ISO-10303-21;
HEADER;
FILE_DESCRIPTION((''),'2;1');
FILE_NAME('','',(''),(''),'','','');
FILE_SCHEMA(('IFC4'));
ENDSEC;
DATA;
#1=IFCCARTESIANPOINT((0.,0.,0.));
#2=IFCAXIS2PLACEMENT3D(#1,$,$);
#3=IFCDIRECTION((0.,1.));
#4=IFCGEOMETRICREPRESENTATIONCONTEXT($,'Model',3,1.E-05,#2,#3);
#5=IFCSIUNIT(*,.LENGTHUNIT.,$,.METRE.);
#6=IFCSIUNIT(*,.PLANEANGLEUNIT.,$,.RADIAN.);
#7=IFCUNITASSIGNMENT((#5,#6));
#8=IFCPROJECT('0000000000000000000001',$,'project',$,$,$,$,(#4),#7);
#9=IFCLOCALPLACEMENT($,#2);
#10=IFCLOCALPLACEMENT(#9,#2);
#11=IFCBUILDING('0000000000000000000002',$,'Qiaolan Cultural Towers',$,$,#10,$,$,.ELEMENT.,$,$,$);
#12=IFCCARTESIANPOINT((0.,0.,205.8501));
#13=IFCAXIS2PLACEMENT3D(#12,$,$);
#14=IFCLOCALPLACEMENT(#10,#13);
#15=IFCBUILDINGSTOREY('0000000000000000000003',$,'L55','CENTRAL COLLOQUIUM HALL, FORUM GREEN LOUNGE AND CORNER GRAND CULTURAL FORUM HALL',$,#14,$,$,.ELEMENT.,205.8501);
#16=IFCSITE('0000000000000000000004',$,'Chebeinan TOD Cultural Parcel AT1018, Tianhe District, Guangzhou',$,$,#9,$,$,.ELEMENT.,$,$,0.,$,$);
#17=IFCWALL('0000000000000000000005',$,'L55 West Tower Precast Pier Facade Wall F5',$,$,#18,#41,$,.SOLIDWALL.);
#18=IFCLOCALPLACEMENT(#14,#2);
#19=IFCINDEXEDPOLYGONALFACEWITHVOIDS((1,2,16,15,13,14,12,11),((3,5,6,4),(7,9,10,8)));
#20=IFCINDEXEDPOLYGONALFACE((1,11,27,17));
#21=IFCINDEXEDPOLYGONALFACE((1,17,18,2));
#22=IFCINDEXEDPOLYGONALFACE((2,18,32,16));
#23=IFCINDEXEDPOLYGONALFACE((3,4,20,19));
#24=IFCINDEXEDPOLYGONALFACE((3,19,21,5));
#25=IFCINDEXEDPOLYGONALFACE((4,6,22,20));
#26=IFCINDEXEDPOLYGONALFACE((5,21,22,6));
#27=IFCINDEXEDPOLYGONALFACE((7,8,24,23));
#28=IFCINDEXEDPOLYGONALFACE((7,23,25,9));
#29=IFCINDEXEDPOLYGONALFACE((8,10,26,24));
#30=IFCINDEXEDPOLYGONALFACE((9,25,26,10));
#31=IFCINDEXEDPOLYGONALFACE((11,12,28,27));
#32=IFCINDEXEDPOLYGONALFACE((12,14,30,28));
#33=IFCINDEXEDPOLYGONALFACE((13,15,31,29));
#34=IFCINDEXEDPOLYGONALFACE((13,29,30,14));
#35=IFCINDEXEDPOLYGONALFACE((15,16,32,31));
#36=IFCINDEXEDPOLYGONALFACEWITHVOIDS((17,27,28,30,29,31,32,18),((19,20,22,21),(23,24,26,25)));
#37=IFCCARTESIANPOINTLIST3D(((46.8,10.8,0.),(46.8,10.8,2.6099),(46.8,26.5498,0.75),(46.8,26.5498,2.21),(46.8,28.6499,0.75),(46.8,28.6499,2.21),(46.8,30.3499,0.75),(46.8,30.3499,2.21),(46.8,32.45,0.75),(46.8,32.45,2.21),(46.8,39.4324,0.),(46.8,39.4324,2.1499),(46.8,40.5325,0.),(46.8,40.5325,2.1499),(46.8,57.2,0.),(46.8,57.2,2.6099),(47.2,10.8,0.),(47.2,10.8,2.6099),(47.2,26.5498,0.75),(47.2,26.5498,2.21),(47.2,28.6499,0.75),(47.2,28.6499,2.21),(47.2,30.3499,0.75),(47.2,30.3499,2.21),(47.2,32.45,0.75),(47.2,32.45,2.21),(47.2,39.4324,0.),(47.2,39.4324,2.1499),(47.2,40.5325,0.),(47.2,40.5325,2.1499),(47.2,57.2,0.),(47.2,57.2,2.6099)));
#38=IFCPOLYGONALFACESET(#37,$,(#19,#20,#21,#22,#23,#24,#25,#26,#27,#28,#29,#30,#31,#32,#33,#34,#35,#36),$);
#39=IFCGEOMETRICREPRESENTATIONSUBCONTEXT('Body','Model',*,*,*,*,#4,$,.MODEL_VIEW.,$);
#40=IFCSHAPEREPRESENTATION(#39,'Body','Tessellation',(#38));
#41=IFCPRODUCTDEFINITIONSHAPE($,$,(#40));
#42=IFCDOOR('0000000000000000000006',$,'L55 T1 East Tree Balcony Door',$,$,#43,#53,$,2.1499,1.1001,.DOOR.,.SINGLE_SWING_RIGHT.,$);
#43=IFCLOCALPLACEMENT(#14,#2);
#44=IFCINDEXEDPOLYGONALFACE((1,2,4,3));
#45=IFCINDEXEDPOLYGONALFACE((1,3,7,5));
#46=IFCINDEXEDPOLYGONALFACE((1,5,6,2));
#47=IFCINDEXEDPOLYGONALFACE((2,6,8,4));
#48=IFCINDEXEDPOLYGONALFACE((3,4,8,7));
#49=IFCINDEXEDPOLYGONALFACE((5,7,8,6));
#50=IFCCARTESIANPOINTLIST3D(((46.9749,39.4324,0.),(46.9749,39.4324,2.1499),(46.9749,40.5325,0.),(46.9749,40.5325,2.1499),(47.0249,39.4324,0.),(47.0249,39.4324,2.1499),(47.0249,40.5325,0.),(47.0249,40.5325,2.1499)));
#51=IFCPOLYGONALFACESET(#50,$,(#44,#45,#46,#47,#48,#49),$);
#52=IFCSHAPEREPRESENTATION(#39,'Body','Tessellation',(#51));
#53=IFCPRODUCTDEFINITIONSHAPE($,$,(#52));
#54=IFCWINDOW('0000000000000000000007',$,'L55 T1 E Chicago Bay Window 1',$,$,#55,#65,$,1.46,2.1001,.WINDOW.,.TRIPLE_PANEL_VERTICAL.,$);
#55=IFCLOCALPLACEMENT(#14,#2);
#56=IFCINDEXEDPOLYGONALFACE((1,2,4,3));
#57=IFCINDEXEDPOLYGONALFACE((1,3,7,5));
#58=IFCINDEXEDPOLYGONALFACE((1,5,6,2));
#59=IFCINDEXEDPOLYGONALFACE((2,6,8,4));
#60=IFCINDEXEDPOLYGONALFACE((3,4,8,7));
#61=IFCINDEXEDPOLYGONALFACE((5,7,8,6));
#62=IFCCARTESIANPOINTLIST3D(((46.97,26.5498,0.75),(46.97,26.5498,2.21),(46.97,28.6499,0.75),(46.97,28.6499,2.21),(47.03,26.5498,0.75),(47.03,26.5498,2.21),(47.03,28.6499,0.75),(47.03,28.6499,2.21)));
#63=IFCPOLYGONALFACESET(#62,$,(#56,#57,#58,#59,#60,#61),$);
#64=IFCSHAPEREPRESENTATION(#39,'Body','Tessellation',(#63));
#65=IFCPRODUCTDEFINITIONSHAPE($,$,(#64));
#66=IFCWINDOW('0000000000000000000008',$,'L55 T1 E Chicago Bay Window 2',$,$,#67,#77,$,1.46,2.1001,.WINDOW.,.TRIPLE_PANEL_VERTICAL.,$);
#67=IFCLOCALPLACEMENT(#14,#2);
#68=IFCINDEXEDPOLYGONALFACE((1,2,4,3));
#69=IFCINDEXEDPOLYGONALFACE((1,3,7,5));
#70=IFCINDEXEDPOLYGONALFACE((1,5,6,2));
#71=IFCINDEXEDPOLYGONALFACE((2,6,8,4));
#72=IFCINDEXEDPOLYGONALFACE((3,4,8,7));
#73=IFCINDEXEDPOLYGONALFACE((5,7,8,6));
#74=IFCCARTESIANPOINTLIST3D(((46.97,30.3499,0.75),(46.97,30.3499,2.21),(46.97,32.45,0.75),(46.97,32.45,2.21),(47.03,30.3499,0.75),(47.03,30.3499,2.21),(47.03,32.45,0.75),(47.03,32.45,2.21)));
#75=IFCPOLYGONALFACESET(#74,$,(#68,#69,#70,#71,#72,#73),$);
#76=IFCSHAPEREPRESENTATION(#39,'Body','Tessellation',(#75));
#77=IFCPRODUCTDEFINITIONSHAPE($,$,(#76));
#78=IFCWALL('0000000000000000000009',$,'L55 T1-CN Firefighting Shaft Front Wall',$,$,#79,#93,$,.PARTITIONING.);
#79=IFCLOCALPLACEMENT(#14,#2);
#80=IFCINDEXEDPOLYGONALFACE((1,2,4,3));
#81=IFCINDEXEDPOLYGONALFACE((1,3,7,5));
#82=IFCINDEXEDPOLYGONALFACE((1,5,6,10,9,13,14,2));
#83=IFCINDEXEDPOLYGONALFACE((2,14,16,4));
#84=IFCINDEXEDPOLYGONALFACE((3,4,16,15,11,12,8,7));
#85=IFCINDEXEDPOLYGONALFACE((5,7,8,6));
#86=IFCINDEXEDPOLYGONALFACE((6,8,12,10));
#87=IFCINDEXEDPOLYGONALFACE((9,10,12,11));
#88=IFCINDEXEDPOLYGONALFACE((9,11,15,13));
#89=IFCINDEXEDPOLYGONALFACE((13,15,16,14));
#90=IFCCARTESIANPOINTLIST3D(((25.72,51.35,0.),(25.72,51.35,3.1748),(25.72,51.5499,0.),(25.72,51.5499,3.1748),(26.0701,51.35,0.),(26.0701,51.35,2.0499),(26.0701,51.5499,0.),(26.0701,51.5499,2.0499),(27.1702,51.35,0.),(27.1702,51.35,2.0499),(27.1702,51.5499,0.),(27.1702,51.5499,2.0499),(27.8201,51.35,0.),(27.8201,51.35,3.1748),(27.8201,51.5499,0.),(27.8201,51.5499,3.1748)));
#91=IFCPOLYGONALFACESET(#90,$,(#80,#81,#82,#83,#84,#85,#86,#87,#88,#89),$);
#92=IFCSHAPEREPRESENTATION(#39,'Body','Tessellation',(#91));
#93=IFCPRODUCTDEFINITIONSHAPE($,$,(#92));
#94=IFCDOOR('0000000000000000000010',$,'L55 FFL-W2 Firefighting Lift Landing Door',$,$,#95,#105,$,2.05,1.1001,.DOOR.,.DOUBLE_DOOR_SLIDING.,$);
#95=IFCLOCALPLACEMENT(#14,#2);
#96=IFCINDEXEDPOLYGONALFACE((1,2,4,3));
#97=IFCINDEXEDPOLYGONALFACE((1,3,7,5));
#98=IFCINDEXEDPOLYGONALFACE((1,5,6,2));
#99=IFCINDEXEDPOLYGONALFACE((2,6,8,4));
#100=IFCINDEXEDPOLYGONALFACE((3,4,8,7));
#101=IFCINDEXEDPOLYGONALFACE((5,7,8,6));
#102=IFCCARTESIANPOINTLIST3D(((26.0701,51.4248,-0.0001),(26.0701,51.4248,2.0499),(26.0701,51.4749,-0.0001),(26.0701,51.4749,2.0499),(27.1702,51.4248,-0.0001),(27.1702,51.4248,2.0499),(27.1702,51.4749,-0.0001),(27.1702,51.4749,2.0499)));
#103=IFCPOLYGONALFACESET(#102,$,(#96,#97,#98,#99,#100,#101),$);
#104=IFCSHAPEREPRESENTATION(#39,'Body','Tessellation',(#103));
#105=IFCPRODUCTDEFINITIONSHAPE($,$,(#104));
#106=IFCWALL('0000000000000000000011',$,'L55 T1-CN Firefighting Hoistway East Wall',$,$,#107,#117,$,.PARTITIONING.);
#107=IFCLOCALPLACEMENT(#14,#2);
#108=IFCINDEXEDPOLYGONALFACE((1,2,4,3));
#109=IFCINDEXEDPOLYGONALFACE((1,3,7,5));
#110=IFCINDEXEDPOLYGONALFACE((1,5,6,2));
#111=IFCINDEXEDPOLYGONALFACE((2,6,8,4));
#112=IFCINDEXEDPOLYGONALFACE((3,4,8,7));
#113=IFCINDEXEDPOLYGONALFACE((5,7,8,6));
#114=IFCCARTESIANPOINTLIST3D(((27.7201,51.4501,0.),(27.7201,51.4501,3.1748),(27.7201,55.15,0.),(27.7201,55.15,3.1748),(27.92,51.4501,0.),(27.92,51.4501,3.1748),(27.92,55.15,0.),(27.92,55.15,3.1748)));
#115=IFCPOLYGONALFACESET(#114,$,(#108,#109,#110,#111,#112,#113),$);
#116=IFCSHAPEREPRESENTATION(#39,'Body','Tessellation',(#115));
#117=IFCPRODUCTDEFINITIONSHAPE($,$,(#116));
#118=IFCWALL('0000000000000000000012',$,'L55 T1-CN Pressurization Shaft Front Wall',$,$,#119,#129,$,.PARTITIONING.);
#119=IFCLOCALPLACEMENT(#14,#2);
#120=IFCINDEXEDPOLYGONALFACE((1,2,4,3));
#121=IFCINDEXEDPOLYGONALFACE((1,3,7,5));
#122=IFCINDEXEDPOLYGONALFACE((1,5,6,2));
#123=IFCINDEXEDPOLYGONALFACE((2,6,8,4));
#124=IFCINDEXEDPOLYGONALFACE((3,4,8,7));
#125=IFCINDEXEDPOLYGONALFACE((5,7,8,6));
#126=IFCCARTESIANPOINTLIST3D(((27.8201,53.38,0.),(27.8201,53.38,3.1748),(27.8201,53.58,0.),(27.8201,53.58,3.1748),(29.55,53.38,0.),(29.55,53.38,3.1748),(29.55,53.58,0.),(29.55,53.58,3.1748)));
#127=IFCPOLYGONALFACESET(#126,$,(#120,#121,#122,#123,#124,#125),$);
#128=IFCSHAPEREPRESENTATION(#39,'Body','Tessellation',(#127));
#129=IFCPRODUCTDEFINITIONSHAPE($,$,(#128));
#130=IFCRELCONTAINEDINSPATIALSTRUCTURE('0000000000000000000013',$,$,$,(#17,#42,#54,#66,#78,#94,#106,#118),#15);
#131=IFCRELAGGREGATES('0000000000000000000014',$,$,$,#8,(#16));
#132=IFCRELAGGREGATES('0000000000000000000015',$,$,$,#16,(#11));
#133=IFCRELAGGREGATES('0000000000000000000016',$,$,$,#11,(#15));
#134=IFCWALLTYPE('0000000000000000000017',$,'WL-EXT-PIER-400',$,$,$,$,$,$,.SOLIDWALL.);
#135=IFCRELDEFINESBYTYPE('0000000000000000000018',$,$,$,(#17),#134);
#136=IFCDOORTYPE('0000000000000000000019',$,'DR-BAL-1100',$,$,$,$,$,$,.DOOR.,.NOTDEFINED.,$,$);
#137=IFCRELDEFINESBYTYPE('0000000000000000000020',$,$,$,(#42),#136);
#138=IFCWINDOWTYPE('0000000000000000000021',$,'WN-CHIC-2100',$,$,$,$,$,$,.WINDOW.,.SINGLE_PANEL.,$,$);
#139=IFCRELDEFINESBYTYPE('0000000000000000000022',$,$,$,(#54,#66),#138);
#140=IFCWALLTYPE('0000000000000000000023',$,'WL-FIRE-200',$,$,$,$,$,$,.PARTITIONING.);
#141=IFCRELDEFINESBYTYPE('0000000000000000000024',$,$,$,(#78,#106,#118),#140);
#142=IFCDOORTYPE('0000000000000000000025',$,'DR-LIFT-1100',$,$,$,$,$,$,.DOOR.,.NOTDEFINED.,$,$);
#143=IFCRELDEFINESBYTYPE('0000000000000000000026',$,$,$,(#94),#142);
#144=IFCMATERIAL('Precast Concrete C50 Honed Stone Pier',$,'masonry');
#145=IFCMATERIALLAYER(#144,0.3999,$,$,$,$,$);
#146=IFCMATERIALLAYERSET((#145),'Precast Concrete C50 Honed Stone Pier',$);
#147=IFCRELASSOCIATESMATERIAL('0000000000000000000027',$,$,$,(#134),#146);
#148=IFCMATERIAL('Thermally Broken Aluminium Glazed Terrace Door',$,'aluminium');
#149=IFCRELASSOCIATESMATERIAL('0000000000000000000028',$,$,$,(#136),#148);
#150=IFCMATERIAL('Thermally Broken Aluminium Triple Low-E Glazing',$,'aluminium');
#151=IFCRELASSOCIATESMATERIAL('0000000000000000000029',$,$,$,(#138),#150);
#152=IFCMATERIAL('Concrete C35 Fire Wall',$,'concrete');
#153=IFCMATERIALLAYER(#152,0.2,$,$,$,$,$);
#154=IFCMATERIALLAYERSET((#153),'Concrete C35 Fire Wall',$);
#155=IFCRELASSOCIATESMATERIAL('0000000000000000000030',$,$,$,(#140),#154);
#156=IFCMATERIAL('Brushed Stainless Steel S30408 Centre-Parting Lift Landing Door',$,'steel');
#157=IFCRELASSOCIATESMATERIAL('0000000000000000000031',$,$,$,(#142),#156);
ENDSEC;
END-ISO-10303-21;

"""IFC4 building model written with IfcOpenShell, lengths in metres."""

from ifc_helpers import new_model, si_unit, direction, frame, frame_2d, origin, place, context, subcontext, project, spatial, rectangle, extrude, material, layer, layer_set, type_object, element, fill, save


model = new_model("IFC4")

# Units and contexts
model_context = context("Model", 3, precision=1e-05, world=origin(), true_north=direction((0.0, 1.0)))
body_context = subcontext(model_context, "Body", "Model", "MODEL_VIEW")
ifc_project = project(units=[si_unit("LENGTHUNIT", "METRE"), si_unit("PLANEANGLEUNIT", "RADIAN")], contexts=[model_context])

# Site, building, storey
site_placement = place(None, origin())
site = spatial("IfcSite", under=ifc_project, at=site_placement, Name="Chebeinan TOD Cultural Parcel AT1018, Tianhe District, Guangzhou", CompositionType="ELEMENT", RefElevation=0.0)
building_placement = place(site_placement, origin())
building = spatial("IfcBuilding", under=site, at=building_placement, Name="Qiaolan Cultural Towers", CompositionType="ELEMENT")
storey_placement = place(building_placement, frame((0.0, 0.0, 205.8501)))
storey = spatial("IfcBuildingStorey", under=building, at=storey_placement, Name="L55", Description="CENTRAL COLLOQUIUM HALL, FORUM GREEN LOUNGE AND CORNER GRAND CULTURAL FORUM HALL", CompositionType="ELEMENT", Elevation=205.8501)

# Shared definitions
ifc_material_1 = material(Name="Precast Concrete C50 Honed Stone Pier", Category="masonry")
ifc_layer_1 = layer(ifc_material_1, 0.3999)
ifc_layer_set_1 = layer_set([ifc_layer_1], Name="Precast Concrete C50 Honed Stone Pier")
wall_type_1 = type_object("IfcWallType", Name="WL-EXT-PIER-400", PredefinedType="SOLIDWALL", material=ifc_layer_set_1)

# Wall, openings, door, windows
wall_1_placement = place(storey_placement, frame((47.0, 57.2, 0.0), z_axis=(0.0, 0.0, 1.0), x_axis=(0.0, -1.0, 0.0)))
wall_1 = element("IfcWall", 1, at=wall_1_placement, inside=storey, type_object=wall_type_1, Name="L55 West Tower Precast Pier Facade Wall F5", PredefinedType="SOLIDWALL", context=body_context, shape_type="SweptSolid", body=[
    extrude(rectangle(XDim=46.3999, YDim=0.3999, at=frame_2d((23.2, 0.0))), origin(), (0.0, 0.0, 1.0), 2.6099),
])
opening_1_placement = place(wall_1_placement, frame((28.55, 0.0, 0.75)))
opening_1 = element("IfcOpeningElement", 2, at=opening_1_placement, cuts=wall_1, PredefinedType="OPENING", context=body_context, shape_type="SweptSolid", body=[
    extrude(rectangle(XDim=2.1001, YDim=1.46, at=frame_2d((1.05, 0.73))), frame((0.0, 0.21, 0.0), z_axis=(0.0, -1.0, 0.0), x_axis=(1.0, 0.0, 0.0)), (0.0, 0.0, 1.0), 0.4199),
])
opening_2_placement = place(wall_1_placement, frame((24.75, 0.0, 0.75)))
opening_2 = element("IfcOpeningElement", 3, at=opening_2_placement, cuts=wall_1, PredefinedType="OPENING", context=body_context, shape_type="SweptSolid", body=[
    extrude(rectangle(XDim=2.1001, YDim=1.46, at=frame_2d((1.05, 0.73))), frame((0.0, 0.21, 0.0), z_axis=(0.0, -1.0, 0.0), x_axis=(1.0, 0.0, 0.0)), (0.0, 0.0, 1.0), 0.4199),
])
opening_3_placement = place(wall_1_placement, frame((16.6675, 0.0, 0.0)))
opening_3 = element("IfcOpeningElement", 4, at=opening_3_placement, cuts=wall_1, PredefinedType="OPENING", context=body_context, shape_type="SweptSolid", body=[
    extrude(rectangle(XDim=1.1001, YDim=2.1499, at=frame_2d((0.55, 1.075))), frame((0.0, 0.21, 0.0), z_axis=(0.0, -1.0, 0.0), x_axis=(1.0, 0.0, 0.0)), (0.0, 0.0, 1.0), 0.4199),
])
ifc_material_2 = material(Name="Thermally Broken Aluminium Glazed Terrace Door", Category="aluminium")
door_type_1 = type_object("IfcDoorType", Name="DR-BAL-1100", OperationType="NOTDEFINED", PredefinedType="DOOR", material=ifc_material_2)
door_1_placement = place(opening_3_placement, origin())
door_1 = element("IfcDoor", 5, at=door_1_placement, inside=storey, type_object=door_type_1, Name="L55 T1 East Tree Balcony Door", OperationType="SINGLE_SWING_RIGHT", OverallHeight=2.1499, OverallWidth=1.1001, PredefinedType="DOOR", context=body_context, shape_type="SweptSolid", body=[
    extrude(rectangle(XDim=1.1001, YDim=2.1499, at=frame_2d((0.55, 1.075))), frame((0.0, 0.0249, 0.0), z_axis=(0.0, -1.0, 0.0), x_axis=(1.0, 0.0, 0.0)), (0.0, 0.0, 1.0), 0.05),
])
fill(opening_3, door_1)
ifc_material_3 = material(Name="Thermally Broken Aluminium Triple Low-E Glazing", Category="aluminium")
window_type = type_object("IfcWindowType", Name="WN-CHIC-2100", PartitioningType="SINGLE_PANEL", PredefinedType="WINDOW", material=ifc_material_3)
window_1_placement = place(opening_1_placement, origin())
window_1 = element("IfcWindow", 6, at=window_1_placement, inside=storey, type_object=window_type, Name="L55 T1 E Chicago Bay Window 1", OverallHeight=1.46, OverallWidth=2.1001, PartitioningType="TRIPLE_PANEL_VERTICAL", PredefinedType="WINDOW", context=body_context, shape_type="SweptSolid", body=[
    extrude(rectangle(XDim=2.1001, YDim=1.46, at=frame_2d((1.05, 0.73))), frame((0.0, 0.03, 0.0), z_axis=(0.0, -1.0, 0.0), x_axis=(1.0, 0.0, 0.0)), (0.0, 0.0, 1.0), 0.0601),
])
fill(opening_1, window_1)
window_2_placement = place(opening_2_placement, origin())
window_2 = element("IfcWindow", 7, at=window_2_placement, inside=storey, type_object=window_type, Name="L55 T1 E Chicago Bay Window 2", OverallHeight=1.46, OverallWidth=2.1001, PartitioningType="TRIPLE_PANEL_VERTICAL", PredefinedType="WINDOW", context=body_context, shape_type="SweptSolid", body=[
    extrude(rectangle(XDim=2.1001, YDim=1.46, at=frame_2d((1.05, 0.73))), frame((0.0, 0.03, 0.0), z_axis=(0.0, -1.0, 0.0), x_axis=(1.0, 0.0, 0.0)), (0.0, 0.0, 1.0), 0.0601),
])
fill(opening_2, window_2)

# Wall, opening, door
ifc_material_4 = material(Name="Concrete C35 Fire Wall", Category="concrete")
ifc_layer_2 = layer(ifc_material_4, 0.2)
ifc_layer_set_2 = layer_set([ifc_layer_2], Name="Concrete C35 Fire Wall")
wall_type_2 = type_object("IfcWallType", Name="WL-FIRE-200", PredefinedType="PARTITIONING", material=ifc_layer_set_2)
wall_2_placement = place(storey_placement, frame((25.72, 51.45, 0.0), z_axis=(0.0, 0.0, 1.0), x_axis=(1.0, 0.0, 0.0)))
wall_2 = element("IfcWall", 8, at=wall_2_placement, inside=storey, type_object=wall_type_2, Name="L55 T1-CN Firefighting Shaft Front Wall", PredefinedType="PARTITIONING", context=body_context, shape_type="SweptSolid", body=[
    extrude(rectangle(XDim=2.1001, YDim=0.2, at=frame_2d((1.05, 0.0))), origin(), (0.0, 0.0, 1.0), 3.1748),
])
opening_4_placement = place(wall_2_placement, frame((0.3501, 0.0, 0.0)))
opening_4 = element("IfcOpeningElement", 9, at=opening_4_placement, cuts=wall_2, PredefinedType="OPENING", context=body_context, shape_type="SweptSolid", body=[
    extrude(rectangle(XDim=1.1001, YDim=2.05, at=frame_2d((0.55, 1.0249))), frame((0.0, 0.1099, 0.0), z_axis=(0.0, -1.0, 0.0), x_axis=(1.0, 0.0, 0.0)), (0.0, 0.0, 1.0), 0.22),
])
ifc_material_5 = material(Name="Brushed Stainless Steel S30408 Centre-Parting Lift Landing Door", Category="steel")
door_type_2 = type_object("IfcDoorType", Name="DR-LIFT-1100", OperationType="NOTDEFINED", PredefinedType="DOOR", material=ifc_material_5)
door_2_placement = place(opening_4_placement, origin())
door_2 = element("IfcDoor", 10, at=door_2_placement, inside=storey, type_object=door_type_2, Name="L55 FFL-W2 Firefighting Lift Landing Door", OperationType="DOUBLE_DOOR_SLIDING", OverallHeight=2.05, OverallWidth=1.1001, PredefinedType="DOOR", context=body_context, shape_type="SweptSolid", body=[
    extrude(rectangle(XDim=1.1001, YDim=2.05, at=frame_2d((0.55, 1.0249))), frame((0.0, 0.0249, 0.0), z_axis=(0.0, -1.0, 0.0), x_axis=(1.0, 0.0, 0.0)), (0.0, 0.0, 1.0), 0.05),
])
fill(opening_4, door_2)

# Walls
wall_3_placement = place(storey_placement, frame((27.8201, 51.45, 0.0), z_axis=(0.0, 0.0, 1.0), x_axis=(0.0, 1.0, 0.0)))
element("IfcWall", 11, at=wall_3_placement, inside=storey, type_object=wall_type_2, Name="L55 T1-CN Firefighting Hoistway East Wall", PredefinedType="PARTITIONING", context=body_context, shape_type="SweptSolid", body=[
    extrude(rectangle(XDim=3.7, YDim=0.2, at=frame_2d((1.8501, 0.0))), origin(), (0.0, 0.0, 1.0), 3.1748),
])
wall_4_placement = place(storey_placement, frame((27.8201, 53.48, 0.0), z_axis=(0.0, 0.0, 1.0), x_axis=(1.0, 0.0, 0.0)))
element("IfcWall", 12, at=wall_4_placement, inside=storey, type_object=wall_type_2, Name="L55 T1-CN Pressurization Shaft Front Wall", PredefinedType="PARTITIONING", context=body_context, shape_type="SweptSolid", body=[
    extrude(rectangle(XDim=1.73, YDim=0.2, at=frame_2d((0.865, 0.0))), origin(), (0.0, 0.0, 1.0), 3.1748),
])

save(model, "model.ifc")
